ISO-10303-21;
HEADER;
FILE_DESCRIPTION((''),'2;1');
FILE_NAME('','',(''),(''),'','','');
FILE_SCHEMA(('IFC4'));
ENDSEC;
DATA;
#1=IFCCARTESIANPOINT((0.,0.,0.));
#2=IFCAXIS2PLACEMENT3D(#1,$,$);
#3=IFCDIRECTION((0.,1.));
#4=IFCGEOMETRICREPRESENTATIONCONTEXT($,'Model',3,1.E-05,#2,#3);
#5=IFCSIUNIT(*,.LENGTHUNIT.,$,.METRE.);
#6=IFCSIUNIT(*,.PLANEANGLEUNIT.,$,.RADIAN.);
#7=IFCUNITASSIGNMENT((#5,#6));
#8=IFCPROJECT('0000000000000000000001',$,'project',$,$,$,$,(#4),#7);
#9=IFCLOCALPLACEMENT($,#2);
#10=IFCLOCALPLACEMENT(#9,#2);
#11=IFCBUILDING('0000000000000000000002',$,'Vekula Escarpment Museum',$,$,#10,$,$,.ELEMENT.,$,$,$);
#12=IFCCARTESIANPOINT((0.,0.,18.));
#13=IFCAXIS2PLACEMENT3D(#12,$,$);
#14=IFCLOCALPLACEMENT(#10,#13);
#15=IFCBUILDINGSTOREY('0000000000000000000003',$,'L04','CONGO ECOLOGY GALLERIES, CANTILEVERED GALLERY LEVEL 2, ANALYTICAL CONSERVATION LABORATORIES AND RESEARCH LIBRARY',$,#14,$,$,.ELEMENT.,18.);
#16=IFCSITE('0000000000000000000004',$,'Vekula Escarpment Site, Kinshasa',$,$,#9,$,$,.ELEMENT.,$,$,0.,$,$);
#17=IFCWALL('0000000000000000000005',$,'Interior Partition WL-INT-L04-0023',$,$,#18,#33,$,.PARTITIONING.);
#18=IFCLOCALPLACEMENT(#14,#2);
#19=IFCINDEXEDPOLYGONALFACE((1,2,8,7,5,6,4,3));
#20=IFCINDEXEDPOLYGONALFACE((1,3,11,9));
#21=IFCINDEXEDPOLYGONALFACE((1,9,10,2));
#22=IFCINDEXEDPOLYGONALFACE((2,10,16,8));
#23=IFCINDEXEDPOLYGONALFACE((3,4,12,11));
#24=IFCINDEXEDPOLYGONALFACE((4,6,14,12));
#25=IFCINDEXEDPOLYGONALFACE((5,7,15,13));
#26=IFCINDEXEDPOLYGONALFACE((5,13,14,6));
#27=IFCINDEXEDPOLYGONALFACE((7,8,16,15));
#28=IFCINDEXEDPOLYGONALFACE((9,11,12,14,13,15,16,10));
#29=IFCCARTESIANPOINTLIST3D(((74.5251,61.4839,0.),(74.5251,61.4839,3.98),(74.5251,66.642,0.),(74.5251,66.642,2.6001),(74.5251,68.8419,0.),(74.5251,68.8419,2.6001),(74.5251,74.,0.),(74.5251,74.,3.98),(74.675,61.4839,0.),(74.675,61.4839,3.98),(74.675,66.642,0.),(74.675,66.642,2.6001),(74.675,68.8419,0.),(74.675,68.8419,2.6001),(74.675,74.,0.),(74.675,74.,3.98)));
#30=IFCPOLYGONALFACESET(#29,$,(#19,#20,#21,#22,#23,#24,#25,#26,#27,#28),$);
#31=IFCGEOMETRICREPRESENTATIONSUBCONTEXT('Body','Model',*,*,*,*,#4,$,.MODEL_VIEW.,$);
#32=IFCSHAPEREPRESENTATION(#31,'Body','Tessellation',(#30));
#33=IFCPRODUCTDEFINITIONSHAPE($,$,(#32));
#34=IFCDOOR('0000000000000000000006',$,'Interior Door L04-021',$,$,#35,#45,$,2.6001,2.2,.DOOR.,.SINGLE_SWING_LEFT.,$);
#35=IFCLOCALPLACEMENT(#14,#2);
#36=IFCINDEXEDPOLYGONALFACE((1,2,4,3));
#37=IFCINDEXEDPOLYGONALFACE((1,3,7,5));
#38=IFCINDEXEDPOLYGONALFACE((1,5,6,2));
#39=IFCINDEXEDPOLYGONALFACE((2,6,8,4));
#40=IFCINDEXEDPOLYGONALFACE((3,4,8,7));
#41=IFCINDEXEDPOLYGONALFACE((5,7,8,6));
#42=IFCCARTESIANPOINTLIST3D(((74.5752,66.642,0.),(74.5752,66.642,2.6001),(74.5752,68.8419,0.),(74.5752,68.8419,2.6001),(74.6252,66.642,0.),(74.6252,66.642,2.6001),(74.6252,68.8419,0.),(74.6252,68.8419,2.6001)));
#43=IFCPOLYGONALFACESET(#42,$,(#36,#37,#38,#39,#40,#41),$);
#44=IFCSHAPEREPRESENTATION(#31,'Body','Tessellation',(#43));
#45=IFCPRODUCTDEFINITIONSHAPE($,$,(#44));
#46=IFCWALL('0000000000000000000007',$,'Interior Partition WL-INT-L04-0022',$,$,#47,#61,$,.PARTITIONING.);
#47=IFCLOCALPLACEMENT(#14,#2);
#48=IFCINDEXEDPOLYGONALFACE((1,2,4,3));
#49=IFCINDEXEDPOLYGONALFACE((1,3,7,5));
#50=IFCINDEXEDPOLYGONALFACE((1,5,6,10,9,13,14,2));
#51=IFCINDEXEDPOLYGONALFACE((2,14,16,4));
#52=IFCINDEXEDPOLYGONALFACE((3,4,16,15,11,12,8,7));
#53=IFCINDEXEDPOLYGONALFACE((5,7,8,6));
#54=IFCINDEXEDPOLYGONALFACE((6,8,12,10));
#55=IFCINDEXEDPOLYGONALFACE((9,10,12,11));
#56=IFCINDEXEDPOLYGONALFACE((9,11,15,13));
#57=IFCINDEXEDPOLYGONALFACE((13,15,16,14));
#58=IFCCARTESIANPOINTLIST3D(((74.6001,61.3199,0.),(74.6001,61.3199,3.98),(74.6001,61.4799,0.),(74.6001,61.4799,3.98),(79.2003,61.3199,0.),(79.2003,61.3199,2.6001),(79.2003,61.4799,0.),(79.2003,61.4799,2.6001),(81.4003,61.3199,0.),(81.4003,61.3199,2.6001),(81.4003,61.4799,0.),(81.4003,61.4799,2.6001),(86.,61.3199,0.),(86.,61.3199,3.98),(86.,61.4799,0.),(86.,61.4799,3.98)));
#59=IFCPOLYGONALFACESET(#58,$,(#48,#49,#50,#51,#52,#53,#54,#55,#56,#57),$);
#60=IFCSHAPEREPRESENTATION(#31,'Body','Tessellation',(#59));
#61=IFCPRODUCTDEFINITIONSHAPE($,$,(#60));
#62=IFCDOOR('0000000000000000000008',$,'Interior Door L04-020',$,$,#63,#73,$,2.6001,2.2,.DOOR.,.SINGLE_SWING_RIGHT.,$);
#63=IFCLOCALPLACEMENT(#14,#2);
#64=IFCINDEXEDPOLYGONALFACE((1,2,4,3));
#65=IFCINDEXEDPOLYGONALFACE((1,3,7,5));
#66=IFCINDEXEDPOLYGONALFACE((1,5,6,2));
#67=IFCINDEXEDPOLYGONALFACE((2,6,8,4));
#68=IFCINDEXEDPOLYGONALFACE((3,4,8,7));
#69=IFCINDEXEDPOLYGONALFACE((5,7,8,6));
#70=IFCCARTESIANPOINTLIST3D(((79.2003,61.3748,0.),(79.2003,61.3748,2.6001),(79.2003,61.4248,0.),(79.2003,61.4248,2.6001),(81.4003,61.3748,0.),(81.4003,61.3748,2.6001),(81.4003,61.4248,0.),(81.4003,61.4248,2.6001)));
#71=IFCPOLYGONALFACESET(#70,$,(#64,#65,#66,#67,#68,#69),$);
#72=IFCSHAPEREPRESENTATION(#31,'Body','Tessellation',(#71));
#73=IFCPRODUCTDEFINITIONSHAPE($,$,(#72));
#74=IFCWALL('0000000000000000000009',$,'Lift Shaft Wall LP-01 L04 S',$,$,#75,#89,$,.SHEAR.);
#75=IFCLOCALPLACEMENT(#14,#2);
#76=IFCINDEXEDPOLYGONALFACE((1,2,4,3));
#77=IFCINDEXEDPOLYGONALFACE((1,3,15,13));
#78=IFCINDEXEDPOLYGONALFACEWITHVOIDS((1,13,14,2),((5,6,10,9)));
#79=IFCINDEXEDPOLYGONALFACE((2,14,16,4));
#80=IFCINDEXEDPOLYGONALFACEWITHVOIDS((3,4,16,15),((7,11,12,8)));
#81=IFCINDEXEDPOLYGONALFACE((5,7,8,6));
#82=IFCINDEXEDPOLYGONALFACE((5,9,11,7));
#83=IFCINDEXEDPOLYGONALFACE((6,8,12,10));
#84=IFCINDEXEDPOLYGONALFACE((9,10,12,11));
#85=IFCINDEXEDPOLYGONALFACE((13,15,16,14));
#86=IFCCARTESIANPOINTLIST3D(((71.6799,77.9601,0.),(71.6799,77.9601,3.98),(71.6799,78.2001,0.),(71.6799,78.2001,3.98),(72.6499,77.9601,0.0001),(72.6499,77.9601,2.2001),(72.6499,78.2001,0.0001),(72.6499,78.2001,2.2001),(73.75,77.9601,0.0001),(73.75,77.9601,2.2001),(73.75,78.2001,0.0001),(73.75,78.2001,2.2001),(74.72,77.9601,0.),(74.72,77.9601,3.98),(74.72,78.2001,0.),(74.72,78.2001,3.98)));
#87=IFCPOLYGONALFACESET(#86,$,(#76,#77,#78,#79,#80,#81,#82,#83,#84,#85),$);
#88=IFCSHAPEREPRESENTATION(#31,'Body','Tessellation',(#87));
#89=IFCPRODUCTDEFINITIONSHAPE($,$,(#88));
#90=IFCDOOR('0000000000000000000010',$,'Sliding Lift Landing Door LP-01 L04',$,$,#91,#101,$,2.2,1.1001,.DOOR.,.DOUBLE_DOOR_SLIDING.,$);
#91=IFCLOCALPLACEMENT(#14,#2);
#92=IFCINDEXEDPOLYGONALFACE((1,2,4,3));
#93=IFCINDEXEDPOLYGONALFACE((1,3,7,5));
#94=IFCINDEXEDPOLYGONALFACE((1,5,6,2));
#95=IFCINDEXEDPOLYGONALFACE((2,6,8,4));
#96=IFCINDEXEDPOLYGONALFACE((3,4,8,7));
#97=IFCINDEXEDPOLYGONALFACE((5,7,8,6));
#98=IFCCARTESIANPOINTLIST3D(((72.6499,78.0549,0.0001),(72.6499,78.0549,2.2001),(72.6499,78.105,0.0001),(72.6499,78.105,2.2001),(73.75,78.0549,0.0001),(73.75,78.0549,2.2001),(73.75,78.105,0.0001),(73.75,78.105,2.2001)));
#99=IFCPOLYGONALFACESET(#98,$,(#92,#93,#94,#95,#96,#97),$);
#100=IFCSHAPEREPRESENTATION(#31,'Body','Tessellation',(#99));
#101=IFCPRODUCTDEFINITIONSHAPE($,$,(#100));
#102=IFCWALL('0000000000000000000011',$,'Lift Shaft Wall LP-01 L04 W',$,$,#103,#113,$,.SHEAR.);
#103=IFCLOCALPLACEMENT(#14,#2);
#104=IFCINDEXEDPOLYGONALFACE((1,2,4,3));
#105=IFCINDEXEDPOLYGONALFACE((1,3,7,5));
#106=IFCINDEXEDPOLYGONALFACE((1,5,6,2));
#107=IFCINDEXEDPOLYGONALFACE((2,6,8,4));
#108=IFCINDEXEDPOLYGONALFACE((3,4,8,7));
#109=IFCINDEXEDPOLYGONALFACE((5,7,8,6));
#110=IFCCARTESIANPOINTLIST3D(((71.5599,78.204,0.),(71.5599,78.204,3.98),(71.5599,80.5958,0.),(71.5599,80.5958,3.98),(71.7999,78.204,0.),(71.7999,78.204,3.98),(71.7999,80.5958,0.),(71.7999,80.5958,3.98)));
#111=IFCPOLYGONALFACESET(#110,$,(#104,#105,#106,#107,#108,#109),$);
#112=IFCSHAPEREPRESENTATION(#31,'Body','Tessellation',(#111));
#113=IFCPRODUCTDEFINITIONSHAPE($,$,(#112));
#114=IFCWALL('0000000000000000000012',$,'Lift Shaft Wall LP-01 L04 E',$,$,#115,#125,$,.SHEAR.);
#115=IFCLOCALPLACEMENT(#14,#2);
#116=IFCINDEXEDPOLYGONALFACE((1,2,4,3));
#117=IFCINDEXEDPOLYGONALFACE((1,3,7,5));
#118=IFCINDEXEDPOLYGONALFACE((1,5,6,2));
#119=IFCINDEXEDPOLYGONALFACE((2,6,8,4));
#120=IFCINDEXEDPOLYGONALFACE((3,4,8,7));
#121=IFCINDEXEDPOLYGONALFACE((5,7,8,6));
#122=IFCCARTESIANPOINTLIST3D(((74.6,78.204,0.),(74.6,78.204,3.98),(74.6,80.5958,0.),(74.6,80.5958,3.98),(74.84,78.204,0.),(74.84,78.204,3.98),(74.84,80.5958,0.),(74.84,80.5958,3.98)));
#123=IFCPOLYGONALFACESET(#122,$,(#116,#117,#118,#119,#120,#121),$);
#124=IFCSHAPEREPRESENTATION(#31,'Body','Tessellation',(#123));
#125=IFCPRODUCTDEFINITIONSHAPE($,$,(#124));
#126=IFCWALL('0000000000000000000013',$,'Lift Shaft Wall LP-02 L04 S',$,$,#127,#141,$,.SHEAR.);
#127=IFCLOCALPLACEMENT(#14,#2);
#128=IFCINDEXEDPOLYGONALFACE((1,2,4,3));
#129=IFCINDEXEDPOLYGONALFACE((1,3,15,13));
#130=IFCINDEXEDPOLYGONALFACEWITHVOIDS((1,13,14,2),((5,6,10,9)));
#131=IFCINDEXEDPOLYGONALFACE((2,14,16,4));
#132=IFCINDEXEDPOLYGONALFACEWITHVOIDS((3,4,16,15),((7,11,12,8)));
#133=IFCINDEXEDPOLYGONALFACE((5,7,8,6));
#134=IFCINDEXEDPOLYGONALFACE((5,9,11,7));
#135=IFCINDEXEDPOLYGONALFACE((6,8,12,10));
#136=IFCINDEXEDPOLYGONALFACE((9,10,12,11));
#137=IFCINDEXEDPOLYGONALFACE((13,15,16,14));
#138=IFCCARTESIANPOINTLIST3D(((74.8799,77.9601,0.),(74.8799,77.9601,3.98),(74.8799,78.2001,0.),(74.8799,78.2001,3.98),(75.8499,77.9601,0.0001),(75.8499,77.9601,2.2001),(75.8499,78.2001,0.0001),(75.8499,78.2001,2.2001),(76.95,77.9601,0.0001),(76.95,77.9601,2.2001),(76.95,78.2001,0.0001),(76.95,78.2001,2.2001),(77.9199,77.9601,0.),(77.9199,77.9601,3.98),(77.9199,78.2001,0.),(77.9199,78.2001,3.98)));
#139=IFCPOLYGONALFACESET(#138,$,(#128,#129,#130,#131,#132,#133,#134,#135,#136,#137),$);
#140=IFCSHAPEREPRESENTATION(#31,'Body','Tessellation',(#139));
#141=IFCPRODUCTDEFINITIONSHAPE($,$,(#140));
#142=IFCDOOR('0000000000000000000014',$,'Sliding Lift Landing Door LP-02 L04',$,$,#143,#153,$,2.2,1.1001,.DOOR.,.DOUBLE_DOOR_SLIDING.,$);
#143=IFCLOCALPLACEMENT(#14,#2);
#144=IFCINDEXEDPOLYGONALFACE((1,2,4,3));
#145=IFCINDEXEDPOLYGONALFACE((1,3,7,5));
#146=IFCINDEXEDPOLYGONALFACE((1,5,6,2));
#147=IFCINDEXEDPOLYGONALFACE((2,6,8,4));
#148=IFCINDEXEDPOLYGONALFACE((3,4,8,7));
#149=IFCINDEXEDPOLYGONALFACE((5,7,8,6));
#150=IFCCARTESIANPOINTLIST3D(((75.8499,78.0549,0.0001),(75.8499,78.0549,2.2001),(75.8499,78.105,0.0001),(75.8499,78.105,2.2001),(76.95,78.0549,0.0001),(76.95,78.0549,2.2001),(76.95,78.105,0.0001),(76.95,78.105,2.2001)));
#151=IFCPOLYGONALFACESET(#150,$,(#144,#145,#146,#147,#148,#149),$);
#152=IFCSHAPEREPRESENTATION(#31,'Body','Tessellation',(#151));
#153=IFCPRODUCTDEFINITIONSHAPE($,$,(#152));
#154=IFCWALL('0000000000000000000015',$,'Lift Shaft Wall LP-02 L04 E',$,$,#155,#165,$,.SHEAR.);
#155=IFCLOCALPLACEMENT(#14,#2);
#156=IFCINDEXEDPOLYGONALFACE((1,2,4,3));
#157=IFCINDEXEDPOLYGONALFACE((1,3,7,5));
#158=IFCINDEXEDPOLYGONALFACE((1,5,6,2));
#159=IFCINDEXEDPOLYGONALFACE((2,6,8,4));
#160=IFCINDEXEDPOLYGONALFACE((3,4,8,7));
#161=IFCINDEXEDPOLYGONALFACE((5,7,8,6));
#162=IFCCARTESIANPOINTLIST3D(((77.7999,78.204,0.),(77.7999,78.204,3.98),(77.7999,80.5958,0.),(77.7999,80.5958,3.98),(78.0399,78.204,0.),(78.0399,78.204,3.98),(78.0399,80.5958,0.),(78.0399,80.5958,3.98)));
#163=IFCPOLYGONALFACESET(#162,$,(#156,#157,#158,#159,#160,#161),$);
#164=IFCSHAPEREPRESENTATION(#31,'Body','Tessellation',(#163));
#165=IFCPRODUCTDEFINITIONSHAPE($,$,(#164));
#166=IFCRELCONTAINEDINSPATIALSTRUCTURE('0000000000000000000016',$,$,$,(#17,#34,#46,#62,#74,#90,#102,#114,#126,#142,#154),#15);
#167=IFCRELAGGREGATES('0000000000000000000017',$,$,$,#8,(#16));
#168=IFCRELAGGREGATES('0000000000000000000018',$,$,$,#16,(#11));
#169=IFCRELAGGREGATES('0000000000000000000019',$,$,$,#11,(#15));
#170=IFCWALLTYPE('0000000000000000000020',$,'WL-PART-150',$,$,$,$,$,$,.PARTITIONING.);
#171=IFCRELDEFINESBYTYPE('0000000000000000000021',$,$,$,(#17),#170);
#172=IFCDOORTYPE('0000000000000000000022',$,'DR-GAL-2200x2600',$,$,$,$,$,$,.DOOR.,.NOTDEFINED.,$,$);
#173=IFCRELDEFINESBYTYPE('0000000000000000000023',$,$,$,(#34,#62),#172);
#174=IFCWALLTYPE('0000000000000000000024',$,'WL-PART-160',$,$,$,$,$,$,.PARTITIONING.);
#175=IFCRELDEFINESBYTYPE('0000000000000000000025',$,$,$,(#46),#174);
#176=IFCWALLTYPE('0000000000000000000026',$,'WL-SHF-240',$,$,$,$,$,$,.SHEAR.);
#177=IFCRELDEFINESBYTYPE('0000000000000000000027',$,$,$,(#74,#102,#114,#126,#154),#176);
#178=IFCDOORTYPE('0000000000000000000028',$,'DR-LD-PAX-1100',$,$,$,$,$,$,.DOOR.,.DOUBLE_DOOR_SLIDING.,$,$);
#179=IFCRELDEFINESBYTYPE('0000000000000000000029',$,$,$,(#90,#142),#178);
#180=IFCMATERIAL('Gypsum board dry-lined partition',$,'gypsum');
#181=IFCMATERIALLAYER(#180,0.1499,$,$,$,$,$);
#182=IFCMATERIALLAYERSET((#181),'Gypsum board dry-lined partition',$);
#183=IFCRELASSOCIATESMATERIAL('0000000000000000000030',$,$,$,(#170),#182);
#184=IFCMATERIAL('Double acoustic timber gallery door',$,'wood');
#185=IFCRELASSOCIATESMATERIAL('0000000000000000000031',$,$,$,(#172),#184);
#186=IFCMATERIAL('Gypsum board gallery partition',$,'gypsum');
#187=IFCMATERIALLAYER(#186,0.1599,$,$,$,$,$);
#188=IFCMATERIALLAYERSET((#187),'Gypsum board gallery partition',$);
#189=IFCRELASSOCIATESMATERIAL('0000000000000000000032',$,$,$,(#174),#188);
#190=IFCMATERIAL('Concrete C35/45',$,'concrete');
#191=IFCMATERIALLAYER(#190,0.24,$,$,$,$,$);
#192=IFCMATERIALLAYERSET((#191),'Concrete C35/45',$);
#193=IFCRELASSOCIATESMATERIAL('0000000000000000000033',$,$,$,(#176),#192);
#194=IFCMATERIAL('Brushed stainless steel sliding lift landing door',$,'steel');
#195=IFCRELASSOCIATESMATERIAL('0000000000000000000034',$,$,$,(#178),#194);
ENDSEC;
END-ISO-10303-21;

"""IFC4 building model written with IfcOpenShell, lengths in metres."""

from ifc_helpers import new_model, si_unit, direction, frame, frame_2d, origin, place, context, subcontext, project, spatial, rectangle, extrude, material, layer, layer_set, type_object, element, fill, save


model = new_model("IFC4")

# Units and contexts
model_context = context("Model", 3, precision=1e-05, world=origin(), true_north=direction((0.0, 1.0)))
body_context = subcontext(model_context, "Body", "Model", "MODEL_VIEW")
ifc_project = project(units=[si_unit("LENGTHUNIT", "METRE"), si_unit("PLANEANGLEUNIT", "RADIAN")], contexts=[model_context])

# Site, building, storey
site_placement = place(None, origin())
site = spatial("IfcSite", under=ifc_project, at=site_placement, Name="Vekula Escarpment Site, Kinshasa", CompositionType="ELEMENT", RefElevation=0.0)
building_placement = place(site_placement, origin())
building = spatial("IfcBuilding", under=site, at=building_placement, Name="Vekula Escarpment Museum", CompositionType="ELEMENT")
storey_placement = place(building_placement, frame((0.0, 0.0, 18.0)))
storey = spatial("IfcBuildingStorey", under=building, at=storey_placement, Name="L04", Description="CONGO ECOLOGY GALLERIES, CANTILEVERED GALLERY LEVEL 2, ANALYTICAL CONSERVATION LABORATORIES AND RESEARCH LIBRARY", CompositionType="ELEMENT", Elevation=18.0)

# Walls, openings, doors
ifc_material_1 = material(Name="Gypsum board dry-lined partition", Category="gypsum")
ifc_layer_1 = layer(ifc_material_1, 0.1499)
ifc_layer_set_1 = layer_set([ifc_layer_1], Name="Gypsum board dry-lined partition")
wall_type_1 = type_object("IfcWallType", Name="WL-PART-150", PredefinedType="PARTITIONING", material=ifc_layer_set_1)
wall_1_placement = place(storey_placement, frame((74.6001, 61.4839, 0.0), z_axis=(0.0, 0.0, 1.0), x_axis=(0.0, 1.0, 0.0)))
wall_1 = element("IfcWall", 1, at=wall_1_placement, inside=storey, type_object=wall_type_1, Name="Interior Partition WL-INT-L04-0023", PredefinedType="PARTITIONING", context=body_context, shape_type="SweptSolid", body=[
    extrude(rectangle(XDim=12.5161, YDim=0.1499, at=frame_2d((6.2581, 0.0))), origin(), (0.0, 0.0, 1.0), 3.98),
])
opening_1_placement = place(wall_1_placement, frame((5.158, 0.0, 0.0)))
opening_1 = element("IfcOpeningElement", 2, at=opening_1_placement, cuts=wall_1, PredefinedType="OPENING", context=body_context, shape_type="SweptSolid", body=[
    extrude(rectangle(XDim=2.2, YDim=2.6001, at=frame_2d((1.1001, 1.3))), frame((0.0, 0.085, 0.0), z_axis=(0.0, -1.0, 0.0), x_axis=(1.0, 0.0, 0.0)), (0.0, 0.0, 1.0), 0.1699),
])
ifc_material_2 = material(Name="Double acoustic timber gallery door", Category="wood")
door_type_1 = type_object("IfcDoorType", Name="DR-GAL-2200x2600", OperationType="NOTDEFINED", PredefinedType="DOOR", material=ifc_material_2)
door_1_placement = place(opening_1_placement, origin())
door_1 = element("IfcDoor", 3, at=door_1_placement, inside=storey, type_object=door_type_1, Name="Interior Door L04-021", OperationType="SINGLE_SWING_LEFT", OverallHeight=2.6001, OverallWidth=2.2, PredefinedType="DOOR", context=body_context, shape_type="SweptSolid", body=[
    extrude(rectangle(XDim=2.2, YDim=2.6001, at=frame_2d((1.1001, 1.3))), frame((0.0, 0.0249, 0.0), z_axis=(0.0, -1.0, 0.0), x_axis=(1.0, 0.0, 0.0)), (0.0, 0.0, 1.0), 0.05),
])
fill(opening_1, door_1)
ifc_material_3 = material(Name="Gypsum board gallery partition", Category="gypsum")
ifc_layer_2 = layer(ifc_material_3, 0.1599)
ifc_layer_set_2 = layer_set([ifc_layer_2], Name="Gypsum board gallery partition")
wall_type_2 = type_object("IfcWallType", Name="WL-PART-160", PredefinedType="PARTITIONING", material=ifc_layer_set_2)
wall_2_placement = place(storey_placement, frame((74.6001, 61.3999, 0.0), z_axis=(0.0, 0.0, 1.0), x_axis=(1.0, 0.0, 0.0)))
wall_2 = element("IfcWall", 4, at=wall_2_placement, inside=storey, type_object=wall_type_2, Name="Interior Partition WL-INT-L04-0022", PredefinedType="PARTITIONING", context=body_context, shape_type="SweptSolid", body=[
    extrude(rectangle(XDim=11.3999, YDim=0.1599, at=frame_2d((5.7, 0.0))), origin(), (0.0, 0.0, 1.0), 3.98),
])
opening_2_placement = place(wall_2_placement, frame((4.6001, 0.0, 0.0)))
opening_2 = element("IfcOpeningElement", 5, at=opening_2_placement, cuts=wall_2, PredefinedType="OPENING", context=body_context, shape_type="SweptSolid", body=[
    extrude(rectangle(XDim=2.2, YDim=2.6001, at=frame_2d((1.1001, 1.3))), frame((0.0, 0.0898, 0.0), z_axis=(0.0, -1.0, 0.0), x_axis=(1.0, 0.0, 0.0)), (0.0, 0.0, 1.0), 0.1799),
])
door_2_placement = place(opening_2_placement, origin())
door_2 = element("IfcDoor", 6, at=door_2_placement, inside=storey, type_object=door_type_1, Name="Interior Door L04-020", OperationType="SINGLE_SWING_RIGHT", OverallHeight=2.6001, OverallWidth=2.2, PredefinedType="DOOR", context=body_context, shape_type="SweptSolid", body=[
    extrude(rectangle(XDim=2.2, YDim=2.6001, at=frame_2d((1.1001, 1.3))), frame((0.0, 0.0249, 0.0), z_axis=(0.0, -1.0, 0.0), x_axis=(1.0, 0.0, 0.0)), (0.0, 0.0, 1.0), 0.05),
])
fill(opening_2, door_2)
ifc_material_4 = material(Name="Concrete C35/45", Category="concrete")
ifc_layer_3 = layer(ifc_material_4, 0.24)
ifc_layer_set_3 = layer_set([ifc_layer_3], Name="Concrete C35/45")
wall_type_3 = type_object("IfcWallType", Name="WL-SHF-240", PredefinedType="SHEAR", material=ifc_layer_set_3)
wall_3_placement = place(storey_placement, frame((71.6799, 78.0801, 0.0), z_axis=(0.0, 0.0, 1.0), x_axis=(1.0, 0.0, 0.0)))
wall_3 = element("IfcWall", 7, at=wall_3_placement, inside=storey, type_object=wall_type_3, Name="Lift Shaft Wall LP-01 L04 S", PredefinedType="SHEAR", context=body_context, shape_type="SweptSolid", body=[
    extrude(rectangle(XDim=3.04, YDim=0.24, at=frame_2d((1.52, 0.0))), origin(), (0.0, 0.0, 1.0), 3.98),
])
opening_3_placement = place(wall_3_placement, frame((0.97, 0.0, 0.0)))
opening_3 = element("IfcOpeningElement", 8, at=opening_3_placement, cuts=wall_3, PredefinedType="OPENING", context=body_context, shape_type="SweptSolid", body=[
    extrude(rectangle(XDim=1.1001, YDim=2.2, at=frame_2d((0.55, 1.1001))), frame((0.0, 0.1299, 0.0), z_axis=(0.0, -1.0, 0.0), x_axis=(1.0, 0.0, 0.0)), (0.0, 0.0, 1.0), 0.26),
])
ifc_material_5 = material(Name="Brushed stainless steel sliding lift landing door", Category="steel")
door_type_2 = type_object("IfcDoorType", Name="DR-LD-PAX-1100", OperationType="DOUBLE_DOOR_SLIDING", PredefinedType="DOOR", material=ifc_material_5)
door_3_placement = place(opening_3_placement, origin())
door_3 = element("IfcDoor", 9, at=door_3_placement, inside=storey, type_object=door_type_2, Name="Sliding Lift Landing Door LP-01 L04", OperationType="DOUBLE_DOOR_SLIDING", OverallHeight=2.2, OverallWidth=1.1001, PredefinedType="DOOR", context=body_context, shape_type="SweptSolid", body=[
    extrude(rectangle(XDim=1.1001, YDim=2.2, at=frame_2d((0.55, 1.1001))), frame((0.0, 0.0249, 0.0), z_axis=(0.0, -1.0, 0.0), x_axis=(1.0, 0.0, 0.0)), (0.0, 0.0, 1.0), 0.05),
])
fill(opening_3, door_3)

# Walls
for number, where, z_axis, x_axis, name in (
    (10, (71.6799, 78.2041, 0.0), (0.0, 0.0, 1.0), (0.0, 1.0, 0.0), "Lift Shaft Wall LP-01 L04 W"),
    (11, (74.72, 78.2041, 0.0), (0.0, 0.0, 1.0), (0.0, 1.0, 0.0), "Lift Shaft Wall LP-01 L04 E"),
):
    element("IfcWall", number, at=place(storey_placement, frame(where, z_axis=z_axis, x_axis=x_axis)), inside=storey, type_object=wall_type_3, Name=name, PredefinedType="SHEAR", context=body_context, shape_type="SweptSolid", body=[
        extrude(rectangle(XDim=2.3918, YDim=0.24, at=frame_2d((1.1958, 0.0))), origin(), (0.0, 0.0, 1.0), 3.98),
    ])

# Wall, opening, door
wall_4_placement = place(storey_placement, frame((74.8799, 78.0801, 0.0), z_axis=(0.0, 0.0, 1.0), x_axis=(1.0, 0.0, 0.0)))
wall_4 = element("IfcWall", 12, at=wall_4_placement, inside=storey, type_object=wall_type_3, Name="Lift Shaft Wall LP-02 L04 S", PredefinedType="SHEAR", context=body_context, shape_type="SweptSolid", body=[
    extrude(rectangle(XDim=3.04, YDim=0.24, at=frame_2d((1.52, 0.0))), origin(), (0.0, 0.0, 1.0), 3.98),
])
opening_4_placement = place(wall_4_placement, frame((0.97, 0.0, 0.0)))
opening_4 = element("IfcOpeningElement", 13, at=opening_4_placement, cuts=wall_4, PredefinedType="OPENING", context=body_context, shape_type="SweptSolid", body=[
    extrude(rectangle(XDim=1.1001, YDim=2.2, at=frame_2d((0.55, 1.1001))), frame((0.0, 0.1299, 0.0), z_axis=(0.0, -1.0, 0.0), x_axis=(1.0, 0.0, 0.0)), (0.0, 0.0, 1.0), 0.26),
])
door_4_placement = place(opening_4_placement, origin())
door_4 = element("IfcDoor", 14, at=door_4_placement, inside=storey, type_object=door_type_2, Name="Sliding Lift Landing Door LP-02 L04", OperationType="DOUBLE_DOOR_SLIDING", OverallHeight=2.2, OverallWidth=1.1001, PredefinedType="DOOR", context=body_context, shape_type="SweptSolid", body=[
    extrude(rectangle(XDim=1.1001, YDim=2.2, at=frame_2d((0.55, 1.1001))), frame((0.0, 0.0249, 0.0), z_axis=(0.0, -1.0, 0.0), x_axis=(1.0, 0.0, 0.0)), (0.0, 0.0, 1.0), 0.05),
])
fill(opening_4, door_4)

# Wall
wall_5_placement = place(storey_placement, frame((77.9199, 78.2041, 0.0), z_axis=(0.0, 0.0, 1.0), x_axis=(0.0, 1.0, 0.0)))
element("IfcWall", 15, at=wall_5_placement, inside=storey, type_object=wall_type_3, Name="Lift Shaft Wall LP-02 L04 E", PredefinedType="SHEAR", context=body_context, shape_type="SweptSolid", body=[
    extrude(rectangle(XDim=2.3918, YDim=0.24, at=frame_2d((1.1958, 0.0))), origin(), (0.0, 0.0, 1.0), 3.98),
])

save(model, "model.ifc")
